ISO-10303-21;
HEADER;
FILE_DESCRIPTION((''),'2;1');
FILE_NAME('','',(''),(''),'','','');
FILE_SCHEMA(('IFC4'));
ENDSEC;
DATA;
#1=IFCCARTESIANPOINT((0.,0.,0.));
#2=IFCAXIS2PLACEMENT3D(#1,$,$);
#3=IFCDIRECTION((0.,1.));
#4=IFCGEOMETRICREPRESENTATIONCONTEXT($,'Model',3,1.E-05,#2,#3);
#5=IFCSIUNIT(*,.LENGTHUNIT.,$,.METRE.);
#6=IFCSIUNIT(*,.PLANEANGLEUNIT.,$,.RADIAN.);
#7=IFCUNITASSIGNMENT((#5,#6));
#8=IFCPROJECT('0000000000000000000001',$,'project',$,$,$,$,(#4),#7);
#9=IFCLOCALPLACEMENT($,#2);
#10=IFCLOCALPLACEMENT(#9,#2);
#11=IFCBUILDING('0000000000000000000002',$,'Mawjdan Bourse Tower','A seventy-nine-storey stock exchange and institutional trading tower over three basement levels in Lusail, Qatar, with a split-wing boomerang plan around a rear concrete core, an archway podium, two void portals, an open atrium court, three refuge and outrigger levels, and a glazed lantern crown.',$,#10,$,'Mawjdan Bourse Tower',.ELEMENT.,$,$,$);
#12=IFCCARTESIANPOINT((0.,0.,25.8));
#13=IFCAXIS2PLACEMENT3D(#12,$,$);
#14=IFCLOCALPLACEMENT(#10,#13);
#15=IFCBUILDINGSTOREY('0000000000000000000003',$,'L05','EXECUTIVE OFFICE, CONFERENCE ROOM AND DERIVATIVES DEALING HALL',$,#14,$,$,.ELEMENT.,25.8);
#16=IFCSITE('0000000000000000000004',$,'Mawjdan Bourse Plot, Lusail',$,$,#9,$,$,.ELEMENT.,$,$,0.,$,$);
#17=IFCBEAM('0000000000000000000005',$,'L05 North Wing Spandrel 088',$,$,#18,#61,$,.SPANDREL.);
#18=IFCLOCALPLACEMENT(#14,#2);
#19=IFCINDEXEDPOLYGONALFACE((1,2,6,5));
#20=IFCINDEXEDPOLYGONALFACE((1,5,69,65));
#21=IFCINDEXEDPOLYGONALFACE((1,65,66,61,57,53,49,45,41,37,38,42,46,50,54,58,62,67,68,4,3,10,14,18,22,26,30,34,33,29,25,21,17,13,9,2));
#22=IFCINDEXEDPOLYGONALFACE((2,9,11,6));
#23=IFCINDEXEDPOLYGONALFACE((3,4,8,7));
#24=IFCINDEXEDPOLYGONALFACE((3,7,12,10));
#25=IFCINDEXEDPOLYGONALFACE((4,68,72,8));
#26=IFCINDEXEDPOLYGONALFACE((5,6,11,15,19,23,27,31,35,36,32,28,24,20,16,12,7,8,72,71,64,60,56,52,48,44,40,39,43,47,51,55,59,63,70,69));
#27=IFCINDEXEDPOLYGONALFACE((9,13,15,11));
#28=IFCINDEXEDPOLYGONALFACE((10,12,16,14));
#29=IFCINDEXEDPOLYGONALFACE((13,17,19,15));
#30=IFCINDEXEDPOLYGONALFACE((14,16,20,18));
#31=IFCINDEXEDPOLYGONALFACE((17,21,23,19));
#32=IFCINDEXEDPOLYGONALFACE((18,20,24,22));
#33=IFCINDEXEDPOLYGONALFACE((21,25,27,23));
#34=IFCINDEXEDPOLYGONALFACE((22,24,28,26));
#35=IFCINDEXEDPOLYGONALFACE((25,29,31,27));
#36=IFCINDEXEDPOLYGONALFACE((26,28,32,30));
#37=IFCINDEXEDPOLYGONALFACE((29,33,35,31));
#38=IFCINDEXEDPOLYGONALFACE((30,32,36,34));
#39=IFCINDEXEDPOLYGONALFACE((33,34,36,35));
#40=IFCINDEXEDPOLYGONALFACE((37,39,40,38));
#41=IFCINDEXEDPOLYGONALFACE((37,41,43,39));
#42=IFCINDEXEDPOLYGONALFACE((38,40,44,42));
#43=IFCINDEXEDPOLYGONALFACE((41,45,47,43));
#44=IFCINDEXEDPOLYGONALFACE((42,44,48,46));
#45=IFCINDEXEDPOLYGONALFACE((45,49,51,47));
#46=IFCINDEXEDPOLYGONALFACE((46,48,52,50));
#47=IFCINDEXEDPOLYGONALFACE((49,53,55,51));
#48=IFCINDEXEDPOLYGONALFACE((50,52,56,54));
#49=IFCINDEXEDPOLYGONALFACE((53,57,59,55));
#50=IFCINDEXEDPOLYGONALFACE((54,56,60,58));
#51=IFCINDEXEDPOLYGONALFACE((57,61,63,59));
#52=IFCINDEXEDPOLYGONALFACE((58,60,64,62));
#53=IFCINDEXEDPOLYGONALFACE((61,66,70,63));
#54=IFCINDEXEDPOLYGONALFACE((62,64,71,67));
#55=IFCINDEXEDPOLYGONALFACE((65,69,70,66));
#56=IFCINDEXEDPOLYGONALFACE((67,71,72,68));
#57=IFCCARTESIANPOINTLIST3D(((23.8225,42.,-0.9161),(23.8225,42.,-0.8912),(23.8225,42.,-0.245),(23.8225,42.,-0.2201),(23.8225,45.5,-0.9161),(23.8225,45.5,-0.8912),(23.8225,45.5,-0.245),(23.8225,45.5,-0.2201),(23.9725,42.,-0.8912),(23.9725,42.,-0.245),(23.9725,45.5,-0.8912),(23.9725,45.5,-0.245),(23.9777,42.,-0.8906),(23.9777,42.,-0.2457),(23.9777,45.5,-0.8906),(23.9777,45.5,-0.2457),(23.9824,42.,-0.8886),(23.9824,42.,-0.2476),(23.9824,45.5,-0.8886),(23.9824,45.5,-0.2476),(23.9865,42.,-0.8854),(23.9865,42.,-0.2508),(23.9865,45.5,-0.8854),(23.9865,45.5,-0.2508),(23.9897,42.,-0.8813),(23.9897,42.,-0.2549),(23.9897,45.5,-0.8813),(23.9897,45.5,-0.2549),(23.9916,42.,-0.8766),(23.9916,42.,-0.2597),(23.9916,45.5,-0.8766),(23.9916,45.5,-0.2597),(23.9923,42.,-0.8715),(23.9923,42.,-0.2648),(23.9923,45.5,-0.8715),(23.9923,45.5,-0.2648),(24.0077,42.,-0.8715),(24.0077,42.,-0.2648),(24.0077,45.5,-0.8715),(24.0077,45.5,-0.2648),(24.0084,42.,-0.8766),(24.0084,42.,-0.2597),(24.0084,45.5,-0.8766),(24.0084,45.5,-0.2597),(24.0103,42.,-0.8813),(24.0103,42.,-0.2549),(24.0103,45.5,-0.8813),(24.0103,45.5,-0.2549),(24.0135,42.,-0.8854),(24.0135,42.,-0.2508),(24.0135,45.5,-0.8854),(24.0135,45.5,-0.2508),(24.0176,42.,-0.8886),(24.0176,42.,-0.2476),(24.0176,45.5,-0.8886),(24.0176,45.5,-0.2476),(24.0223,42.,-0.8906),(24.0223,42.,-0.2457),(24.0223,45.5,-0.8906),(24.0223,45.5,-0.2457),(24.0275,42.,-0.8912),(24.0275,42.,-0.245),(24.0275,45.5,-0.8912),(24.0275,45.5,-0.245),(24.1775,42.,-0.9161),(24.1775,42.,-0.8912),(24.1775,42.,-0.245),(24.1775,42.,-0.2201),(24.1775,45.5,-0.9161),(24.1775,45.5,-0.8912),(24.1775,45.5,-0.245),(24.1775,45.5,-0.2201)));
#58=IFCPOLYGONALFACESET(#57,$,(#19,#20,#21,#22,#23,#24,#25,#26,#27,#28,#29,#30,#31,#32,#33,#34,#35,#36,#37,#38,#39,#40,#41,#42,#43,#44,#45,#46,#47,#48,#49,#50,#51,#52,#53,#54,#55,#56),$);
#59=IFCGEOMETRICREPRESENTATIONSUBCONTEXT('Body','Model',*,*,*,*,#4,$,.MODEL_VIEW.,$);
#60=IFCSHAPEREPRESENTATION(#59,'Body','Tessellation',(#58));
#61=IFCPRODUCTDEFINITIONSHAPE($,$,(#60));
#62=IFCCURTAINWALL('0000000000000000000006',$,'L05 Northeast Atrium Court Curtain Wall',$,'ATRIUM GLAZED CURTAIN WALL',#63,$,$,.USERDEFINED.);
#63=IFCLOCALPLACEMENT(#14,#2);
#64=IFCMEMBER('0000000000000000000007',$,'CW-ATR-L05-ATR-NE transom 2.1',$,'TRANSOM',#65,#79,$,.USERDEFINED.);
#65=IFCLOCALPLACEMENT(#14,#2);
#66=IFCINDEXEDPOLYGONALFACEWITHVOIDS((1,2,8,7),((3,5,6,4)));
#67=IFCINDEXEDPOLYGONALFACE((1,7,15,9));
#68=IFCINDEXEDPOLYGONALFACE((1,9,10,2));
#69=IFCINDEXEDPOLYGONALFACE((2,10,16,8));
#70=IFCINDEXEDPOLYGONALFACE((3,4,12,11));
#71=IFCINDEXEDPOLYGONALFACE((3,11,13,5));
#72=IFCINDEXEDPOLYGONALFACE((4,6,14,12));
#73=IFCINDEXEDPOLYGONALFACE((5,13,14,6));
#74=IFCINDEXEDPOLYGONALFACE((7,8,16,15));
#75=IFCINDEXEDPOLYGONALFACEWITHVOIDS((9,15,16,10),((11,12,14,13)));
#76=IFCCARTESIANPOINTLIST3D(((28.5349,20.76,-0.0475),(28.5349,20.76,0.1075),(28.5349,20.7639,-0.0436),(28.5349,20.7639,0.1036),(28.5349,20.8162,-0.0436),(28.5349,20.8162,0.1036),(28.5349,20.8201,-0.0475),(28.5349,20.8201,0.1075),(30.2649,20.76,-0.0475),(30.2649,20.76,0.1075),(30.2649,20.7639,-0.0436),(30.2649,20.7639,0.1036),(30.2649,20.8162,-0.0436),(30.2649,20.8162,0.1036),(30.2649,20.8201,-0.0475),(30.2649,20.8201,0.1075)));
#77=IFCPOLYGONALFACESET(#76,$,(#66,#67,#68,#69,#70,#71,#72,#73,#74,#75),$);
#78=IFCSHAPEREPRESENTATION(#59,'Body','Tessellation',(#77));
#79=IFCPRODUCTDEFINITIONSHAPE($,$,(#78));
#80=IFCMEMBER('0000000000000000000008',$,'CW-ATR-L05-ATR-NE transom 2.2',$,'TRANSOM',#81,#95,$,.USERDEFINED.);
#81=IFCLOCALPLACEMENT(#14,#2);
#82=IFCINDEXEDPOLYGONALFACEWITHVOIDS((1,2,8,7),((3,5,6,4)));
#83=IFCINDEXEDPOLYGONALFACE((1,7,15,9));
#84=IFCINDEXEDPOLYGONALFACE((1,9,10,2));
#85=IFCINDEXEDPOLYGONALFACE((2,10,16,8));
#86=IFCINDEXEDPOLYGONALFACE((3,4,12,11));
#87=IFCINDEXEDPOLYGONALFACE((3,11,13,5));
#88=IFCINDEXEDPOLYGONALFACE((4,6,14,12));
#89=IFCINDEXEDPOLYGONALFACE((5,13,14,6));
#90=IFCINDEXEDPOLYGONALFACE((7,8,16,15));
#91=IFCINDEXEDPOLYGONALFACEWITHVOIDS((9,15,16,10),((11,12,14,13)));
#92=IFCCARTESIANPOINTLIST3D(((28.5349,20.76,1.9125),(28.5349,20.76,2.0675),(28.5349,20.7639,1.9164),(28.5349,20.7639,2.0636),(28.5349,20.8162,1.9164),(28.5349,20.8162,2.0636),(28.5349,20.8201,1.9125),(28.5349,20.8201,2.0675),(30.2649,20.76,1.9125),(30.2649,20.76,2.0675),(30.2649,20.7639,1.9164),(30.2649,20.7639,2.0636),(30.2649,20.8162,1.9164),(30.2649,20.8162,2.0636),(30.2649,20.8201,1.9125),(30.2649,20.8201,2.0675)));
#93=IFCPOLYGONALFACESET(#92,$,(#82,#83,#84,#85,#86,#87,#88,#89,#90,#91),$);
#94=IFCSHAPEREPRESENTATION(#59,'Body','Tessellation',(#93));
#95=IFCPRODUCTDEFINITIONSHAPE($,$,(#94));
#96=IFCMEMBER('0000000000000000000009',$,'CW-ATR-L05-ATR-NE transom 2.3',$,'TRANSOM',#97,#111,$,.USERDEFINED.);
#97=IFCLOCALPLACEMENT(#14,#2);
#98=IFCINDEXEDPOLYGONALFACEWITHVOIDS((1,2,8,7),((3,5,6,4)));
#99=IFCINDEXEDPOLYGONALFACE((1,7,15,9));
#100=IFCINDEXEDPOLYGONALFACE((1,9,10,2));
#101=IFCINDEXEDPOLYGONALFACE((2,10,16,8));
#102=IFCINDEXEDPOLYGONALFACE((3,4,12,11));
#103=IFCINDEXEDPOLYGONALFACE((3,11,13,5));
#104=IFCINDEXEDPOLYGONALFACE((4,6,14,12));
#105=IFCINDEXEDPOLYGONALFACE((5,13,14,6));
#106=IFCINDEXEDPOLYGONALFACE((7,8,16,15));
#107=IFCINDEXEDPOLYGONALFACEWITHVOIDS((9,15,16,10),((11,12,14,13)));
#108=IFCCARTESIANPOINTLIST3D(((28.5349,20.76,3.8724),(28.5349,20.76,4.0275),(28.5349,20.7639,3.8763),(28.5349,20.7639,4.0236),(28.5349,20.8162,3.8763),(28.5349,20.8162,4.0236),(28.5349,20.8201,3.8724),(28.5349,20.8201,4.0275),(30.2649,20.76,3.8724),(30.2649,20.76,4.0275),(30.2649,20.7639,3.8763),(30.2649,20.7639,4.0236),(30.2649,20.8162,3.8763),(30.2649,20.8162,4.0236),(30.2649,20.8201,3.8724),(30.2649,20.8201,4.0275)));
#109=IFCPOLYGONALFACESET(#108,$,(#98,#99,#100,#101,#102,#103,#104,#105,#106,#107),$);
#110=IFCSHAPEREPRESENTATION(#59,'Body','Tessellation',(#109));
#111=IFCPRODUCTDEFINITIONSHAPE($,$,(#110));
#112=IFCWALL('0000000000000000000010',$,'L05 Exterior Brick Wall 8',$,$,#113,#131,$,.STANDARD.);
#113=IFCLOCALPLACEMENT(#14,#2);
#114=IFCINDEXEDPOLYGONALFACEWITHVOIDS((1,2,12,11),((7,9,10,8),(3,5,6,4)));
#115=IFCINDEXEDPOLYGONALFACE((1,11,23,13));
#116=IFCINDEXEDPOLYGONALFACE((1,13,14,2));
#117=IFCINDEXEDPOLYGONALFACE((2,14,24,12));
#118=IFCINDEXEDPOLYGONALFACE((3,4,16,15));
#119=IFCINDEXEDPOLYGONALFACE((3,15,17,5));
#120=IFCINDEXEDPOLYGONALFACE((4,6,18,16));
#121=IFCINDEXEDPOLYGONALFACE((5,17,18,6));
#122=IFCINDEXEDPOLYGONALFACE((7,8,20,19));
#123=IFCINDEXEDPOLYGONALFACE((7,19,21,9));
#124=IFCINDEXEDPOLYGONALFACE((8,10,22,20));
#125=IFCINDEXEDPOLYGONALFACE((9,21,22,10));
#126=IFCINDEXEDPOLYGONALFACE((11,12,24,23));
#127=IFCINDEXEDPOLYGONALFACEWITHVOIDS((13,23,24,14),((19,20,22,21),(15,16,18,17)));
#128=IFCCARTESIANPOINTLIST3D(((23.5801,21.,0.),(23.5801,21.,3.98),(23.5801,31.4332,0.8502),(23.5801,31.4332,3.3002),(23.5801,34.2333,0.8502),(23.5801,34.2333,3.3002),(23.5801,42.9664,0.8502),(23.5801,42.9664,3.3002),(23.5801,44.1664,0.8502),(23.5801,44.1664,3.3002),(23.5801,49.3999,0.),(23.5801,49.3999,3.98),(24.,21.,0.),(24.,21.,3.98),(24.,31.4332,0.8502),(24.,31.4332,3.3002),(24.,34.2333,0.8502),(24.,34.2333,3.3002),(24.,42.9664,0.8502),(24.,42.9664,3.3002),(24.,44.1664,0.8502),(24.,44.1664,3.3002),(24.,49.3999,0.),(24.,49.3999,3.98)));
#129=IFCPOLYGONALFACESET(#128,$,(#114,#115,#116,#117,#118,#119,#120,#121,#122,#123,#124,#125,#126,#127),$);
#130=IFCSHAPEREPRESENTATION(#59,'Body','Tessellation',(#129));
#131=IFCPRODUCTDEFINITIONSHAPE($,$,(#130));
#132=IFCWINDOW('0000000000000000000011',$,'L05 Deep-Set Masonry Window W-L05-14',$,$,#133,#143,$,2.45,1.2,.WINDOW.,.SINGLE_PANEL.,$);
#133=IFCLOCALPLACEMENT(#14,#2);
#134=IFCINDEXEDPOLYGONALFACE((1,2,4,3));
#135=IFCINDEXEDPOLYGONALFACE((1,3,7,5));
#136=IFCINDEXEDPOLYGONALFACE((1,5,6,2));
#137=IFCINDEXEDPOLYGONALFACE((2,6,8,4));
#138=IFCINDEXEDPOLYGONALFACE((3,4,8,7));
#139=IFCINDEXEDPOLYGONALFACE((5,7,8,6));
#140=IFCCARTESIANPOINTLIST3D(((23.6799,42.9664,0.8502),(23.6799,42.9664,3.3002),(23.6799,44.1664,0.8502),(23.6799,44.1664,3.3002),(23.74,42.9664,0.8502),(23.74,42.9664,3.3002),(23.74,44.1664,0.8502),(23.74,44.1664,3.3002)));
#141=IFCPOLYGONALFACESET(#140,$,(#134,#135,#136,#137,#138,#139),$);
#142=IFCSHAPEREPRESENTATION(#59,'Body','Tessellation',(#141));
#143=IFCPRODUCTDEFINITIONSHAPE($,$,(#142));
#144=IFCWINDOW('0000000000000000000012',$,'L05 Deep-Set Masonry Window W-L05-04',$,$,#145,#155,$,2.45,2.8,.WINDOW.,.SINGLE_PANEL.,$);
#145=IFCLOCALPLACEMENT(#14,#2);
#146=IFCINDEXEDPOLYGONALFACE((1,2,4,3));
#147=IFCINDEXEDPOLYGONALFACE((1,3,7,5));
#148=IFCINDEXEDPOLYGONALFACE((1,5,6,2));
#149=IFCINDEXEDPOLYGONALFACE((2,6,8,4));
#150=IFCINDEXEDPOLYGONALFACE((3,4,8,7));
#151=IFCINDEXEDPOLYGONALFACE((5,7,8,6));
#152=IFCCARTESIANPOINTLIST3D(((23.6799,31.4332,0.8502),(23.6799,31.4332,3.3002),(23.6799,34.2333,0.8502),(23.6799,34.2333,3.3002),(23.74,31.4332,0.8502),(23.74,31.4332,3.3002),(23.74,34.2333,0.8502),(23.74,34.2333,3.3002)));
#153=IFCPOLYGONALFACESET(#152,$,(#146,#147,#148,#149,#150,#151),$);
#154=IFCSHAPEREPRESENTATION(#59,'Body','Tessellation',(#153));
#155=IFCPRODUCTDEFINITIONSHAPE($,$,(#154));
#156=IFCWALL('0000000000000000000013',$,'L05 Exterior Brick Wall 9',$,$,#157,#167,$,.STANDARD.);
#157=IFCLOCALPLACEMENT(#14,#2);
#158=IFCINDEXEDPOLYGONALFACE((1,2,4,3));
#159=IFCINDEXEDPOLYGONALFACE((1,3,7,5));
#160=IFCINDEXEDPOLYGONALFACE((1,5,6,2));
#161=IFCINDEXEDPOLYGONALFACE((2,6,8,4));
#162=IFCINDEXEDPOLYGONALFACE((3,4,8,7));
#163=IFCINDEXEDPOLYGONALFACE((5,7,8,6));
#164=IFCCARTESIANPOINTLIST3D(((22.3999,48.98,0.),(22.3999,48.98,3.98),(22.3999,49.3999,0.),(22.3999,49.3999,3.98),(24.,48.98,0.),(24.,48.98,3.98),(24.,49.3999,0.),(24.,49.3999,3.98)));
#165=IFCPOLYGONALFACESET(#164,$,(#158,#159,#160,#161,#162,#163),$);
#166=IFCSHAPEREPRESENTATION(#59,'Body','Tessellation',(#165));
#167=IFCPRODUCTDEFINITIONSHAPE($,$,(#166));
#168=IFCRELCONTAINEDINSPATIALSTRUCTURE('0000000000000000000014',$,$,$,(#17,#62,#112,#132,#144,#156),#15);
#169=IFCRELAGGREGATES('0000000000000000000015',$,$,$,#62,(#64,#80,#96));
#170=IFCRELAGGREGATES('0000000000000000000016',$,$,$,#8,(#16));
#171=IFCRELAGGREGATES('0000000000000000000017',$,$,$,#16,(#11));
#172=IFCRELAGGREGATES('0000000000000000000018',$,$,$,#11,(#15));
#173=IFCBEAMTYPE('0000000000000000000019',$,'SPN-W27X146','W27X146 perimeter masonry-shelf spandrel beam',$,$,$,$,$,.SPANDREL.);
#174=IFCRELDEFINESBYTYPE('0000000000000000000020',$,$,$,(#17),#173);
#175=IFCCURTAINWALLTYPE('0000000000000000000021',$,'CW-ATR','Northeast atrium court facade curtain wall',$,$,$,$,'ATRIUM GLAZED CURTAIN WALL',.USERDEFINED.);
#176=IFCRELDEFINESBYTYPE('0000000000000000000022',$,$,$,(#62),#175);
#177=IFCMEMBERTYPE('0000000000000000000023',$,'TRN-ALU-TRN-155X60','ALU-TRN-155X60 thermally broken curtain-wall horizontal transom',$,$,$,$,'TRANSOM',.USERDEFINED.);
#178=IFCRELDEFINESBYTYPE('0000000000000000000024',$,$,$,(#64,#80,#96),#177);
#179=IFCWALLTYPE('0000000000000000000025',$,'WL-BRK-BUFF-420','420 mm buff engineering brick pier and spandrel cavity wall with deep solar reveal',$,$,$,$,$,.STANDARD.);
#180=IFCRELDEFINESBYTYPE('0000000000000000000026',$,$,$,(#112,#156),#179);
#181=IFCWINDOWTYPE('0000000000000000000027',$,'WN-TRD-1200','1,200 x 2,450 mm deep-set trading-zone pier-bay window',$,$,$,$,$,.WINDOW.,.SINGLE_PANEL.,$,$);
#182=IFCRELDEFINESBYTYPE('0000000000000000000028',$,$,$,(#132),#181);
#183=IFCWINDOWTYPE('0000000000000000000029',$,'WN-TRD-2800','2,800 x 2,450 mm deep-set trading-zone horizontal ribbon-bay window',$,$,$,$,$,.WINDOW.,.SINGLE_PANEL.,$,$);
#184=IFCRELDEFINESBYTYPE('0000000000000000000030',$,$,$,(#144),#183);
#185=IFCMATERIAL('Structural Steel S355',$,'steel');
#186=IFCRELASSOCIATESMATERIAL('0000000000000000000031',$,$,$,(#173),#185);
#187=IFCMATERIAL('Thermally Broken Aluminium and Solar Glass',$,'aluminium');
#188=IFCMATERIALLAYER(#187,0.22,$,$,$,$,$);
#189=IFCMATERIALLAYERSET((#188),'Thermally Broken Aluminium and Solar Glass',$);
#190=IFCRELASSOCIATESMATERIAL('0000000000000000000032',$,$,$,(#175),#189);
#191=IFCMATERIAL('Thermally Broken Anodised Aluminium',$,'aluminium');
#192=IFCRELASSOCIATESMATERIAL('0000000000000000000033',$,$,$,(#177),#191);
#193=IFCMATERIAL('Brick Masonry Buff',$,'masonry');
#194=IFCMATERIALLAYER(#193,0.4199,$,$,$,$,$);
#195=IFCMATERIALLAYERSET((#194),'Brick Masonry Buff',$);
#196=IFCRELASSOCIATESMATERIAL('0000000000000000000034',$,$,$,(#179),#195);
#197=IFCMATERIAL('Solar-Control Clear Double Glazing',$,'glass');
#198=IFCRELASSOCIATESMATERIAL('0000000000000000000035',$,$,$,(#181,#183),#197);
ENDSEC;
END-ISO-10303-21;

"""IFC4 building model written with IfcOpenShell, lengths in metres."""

from ifc_helpers import new_model, si_unit, direction, frame, frame_2d, origin, origin_2d, place, context, subcontext, project, spatial, rectangle, hollow_rectangle, i_section, extrude, material, layer, layer_set, material_profile, profile_set, type_object, element, fill, aggregate, save


model = new_model("IFC4")

# Units and contexts
model_context = context("Model", 3, precision=1e-05, world=origin(), true_north=direction((0.0, 1.0)))
body_context = subcontext(model_context, "Body", "Model", "MODEL_VIEW")
ifc_project = project(units=[si_unit("LENGTHUNIT", "METRE"), si_unit("PLANEANGLEUNIT", "RADIAN")], contexts=[model_context])

# Site, building, storey
site_placement = place(None, origin())
site = spatial("IfcSite", under=ifc_project, at=site_placement, Name="Mawjdan Bourse Plot, Lusail", CompositionType="ELEMENT", RefElevation=0.0)
building_placement = place(site_placement, origin())
building = spatial("IfcBuilding", under=site, at=building_placement, Name="Mawjdan Bourse Tower", Description="A seventy-nine-storey stock exchange and institutional trading tower over three basement levels in Lusail, Qatar, with a split-wing boomerang plan around a rear concrete core, an archway podium, two void portals, an open atrium court, three refuge and outrigger levels, and a glazed lantern crown.", LongName="Mawjdan Bourse Tower", CompositionType="ELEMENT")
storey_placement = place(building_placement, frame((0.0, 0.0, 25.8)))
storey = spatial("IfcBuildingStorey", under=building, at=storey_placement, Name="L05", Description="EXECUTIVE OFFICE, CONFERENCE ROOM AND DERIVATIVES DEALING HALL", CompositionType="ELEMENT", Elevation=25.8)

# Beam
ifc_material_1 = material(Name="Structural Steel S355", Category="steel")
ifc_material_profile_1 = material_profile(ifc_material_1, i_section(OverallWidth=0.355, OverallDepth=0.696, WebThickness=0.0154, FlangeThickness=0.0249, FilletRadius=0.0198, at=origin_2d()), Name="W27X146")
ifc_profile_set_1 = profile_set([ifc_material_profile_1], Name="Structural Steel S355")
beam_type = type_object("IfcBeamType", Name="SPN-W27X146", Description="W27X146 perimeter masonry-shelf spandrel beam", PredefinedType="SPANDREL", material=ifc_profile_set_1)
beam_1_placement = place(storey_placement, frame((24.0, 42.0, -0.5681), z_axis=(0.0, 1.0, 0.0), x_axis=(-1.0, 0.0, 0.0)))
element("IfcBeam", 1, at=beam_1_placement, inside=storey, type_object=beam_type, Name="L05 North Wing Spandrel 088", PredefinedType="SPANDREL", context=body_context, shape_type="SweptSolid", body=[
    extrude(i_section(OverallWidth=0.355, OverallDepth=0.696, WebThickness=0.0154, FlangeThickness=0.0249, FilletRadius=0.0198, at=origin_2d()), origin(), (0.0, 0.0, 1.0), 3.5),
])

# Curtain wall, members
ifc_material_2 = material(Name="Thermally Broken Aluminium and Solar Glass", Category="aluminium")
ifc_layer_1 = layer(ifc_material_2, 0.22)
ifc_layer_set_1 = layer_set([ifc_layer_1], Name="Thermally Broken Aluminium and Solar Glass")
curtain_wall_type = type_object("IfcCurtainWallType", Name="CW-ATR", Description="Northeast atrium court facade curtain wall", ElementType="ATRIUM GLAZED CURTAIN WALL", PredefinedType="USERDEFINED", material=ifc_layer_set_1)
curtain_wall_placement = place(storey_placement, origin())
curtain_wall = element("IfcCurtainWall", 2, at=curtain_wall_placement, inside=storey, type_object=curtain_wall_type, Name="L05 Northeast Atrium Court Curtain Wall", ObjectType="ATRIUM GLAZED CURTAIN WALL", PredefinedType="USERDEFINED")
ifc_material_3 = material(Name="Thermally Broken Anodised Aluminium", Category="aluminium")
ifc_material_profile_2 = material_profile(ifc_material_3, hollow_rectangle(XDim=0.0601, YDim=0.155, WallThickness=0.0039, at=origin_2d()), Name="ALU-TRN-155X60")
ifc_profile_set_2 = profile_set([ifc_material_profile_2], Name="Thermally Broken Anodised Aluminium")
member_type = type_object("IfcMemberType", Name="TRN-ALU-TRN-155X60", Description="ALU-TRN-155X60 thermally broken curtain-wall horizontal transom", ElementType="TRANSOM", PredefinedType="USERDEFINED", material=ifc_profile_set_2)
member_1_placement = place(storey_placement, frame((30.2649, 20.79, 0.03), z_axis=(-1.0, 0.0, 0.0), x_axis=(0.0, -1.0, 0.0)))
member_1 = element("IfcMember", 3, at=member_1_placement, type_object=member_type, Name="CW-ATR-L05-ATR-NE transom 2.1", ObjectType="TRANSOM", PredefinedType="USERDEFINED", context=body_context, shape_type="SweptSolid", body=[
    extrude(hollow_rectangle(XDim=0.0601, YDim=0.155, WallThickness=0.0039, at=origin_2d()), origin(), (0.0, 0.0, 1.0), 1.73),
])
member_2_placement = place(storey_placement, frame((30.2649, 20.79, 1.99), z_axis=(-1.0, 0.0, 0.0), x_axis=(0.0, -1.0, 0.0)))
member_2 = element("IfcMember", 4, at=member_2_placement, type_object=member_type, Name="CW-ATR-L05-ATR-NE transom 2.2", ObjectType="TRANSOM", PredefinedType="USERDEFINED", context=body_context, shape_type="SweptSolid", body=[
    extrude(hollow_rectangle(XDim=0.0601, YDim=0.155, WallThickness=0.0039, at=origin_2d()), origin(), (0.0, 0.0, 1.0), 1.73),
])
member_3_placement = place(storey_placement, frame((30.2649, 20.79, 3.95), z_axis=(-1.0, 0.0, 0.0), x_axis=(0.0, -1.0, 0.0)))
member_3 = element("IfcMember", 5, at=member_3_placement, type_object=member_type, Name="CW-ATR-L05-ATR-NE transom 2.3", ObjectType="TRANSOM", PredefinedType="USERDEFINED", context=body_context, shape_type="SweptSolid", body=[
    extrude(hollow_rectangle(XDim=0.0601, YDim=0.155, WallThickness=0.0039, at=origin_2d()), origin(), (0.0, 0.0, 1.0), 1.73),
])
aggregate(curtain_wall, [member_1, member_2, member_3])

# Wall, openings, windows
ifc_material_4 = material(Name="Brick Masonry Buff", Category="masonry")
ifc_layer_2 = layer(ifc_material_4, 0.4199)
ifc_layer_set_2 = layer_set([ifc_layer_2], Name="Brick Masonry Buff")
wall_type = type_object("IfcWallType", Name="WL-BRK-BUFF-420", Description="420 mm buff engineering brick pier and spandrel cavity wall with deep solar reveal", PredefinedType="STANDARD", material=ifc_layer_set_2)
wall_1_placement = place(storey_placement, frame((23.79, 21.0, 0.0), z_axis=(0.0, 0.0, 1.0), x_axis=(0.0, 1.0, 0.0)))
wall_1 = element("IfcWall", 6, at=wall_1_placement, inside=storey, type_object=wall_type, Name="L05 Exterior Brick Wall 8", PredefinedType="STANDARD", context=body_context, shape_type="SweptSolid", body=[
    extrude(rectangle(XDim=28.3999, YDim=0.4199, at=frame_2d((14.2, 0.0))), origin(), (0.0, 0.0, 1.0), 3.98),
])
opening_1_placement = place(wall_1_placement, frame((10.4333, 0.0, 0.8501)))
opening_1 = element("IfcOpeningElement", 7, at=opening_1_placement, cuts=wall_1, PredefinedType="OPENING", context=body_context, shape_type="SweptSolid", body=[
    extrude(rectangle(XDim=2.8, YDim=2.45, at=frame_2d((1.3999, 1.2251))), frame((0.0, 0.22, 0.0), z_axis=(0.0, -1.0, 0.0), x_axis=(1.0, 0.0, 0.0)), (0.0, 0.0, 1.0), 0.4399),
])
opening_2_placement = place(wall_1_placement, frame((21.9663, 0.0, 0.8501)))
opening_2 = element("IfcOpeningElement", 8, at=opening_2_placement, cuts=wall_1, PredefinedType="OPENING", context=body_context, shape_type="SweptSolid", body=[
    extrude(rectangle(XDim=1.2, YDim=2.45, at=frame_2d((0.6001, 1.2251))), frame((0.0, 0.22, 0.0), z_axis=(0.0, -1.0, 0.0), x_axis=(1.0, 0.0, 0.0)), (0.0, 0.0, 1.0), 0.4399),
])
ifc_material_5 = material(Name="Solar-Control Clear Double Glazing", Category="glass")
window_type_1 = type_object("IfcWindowType", Name="WN-TRD-1200", Description="1,200 x 2,450 mm deep-set trading-zone pier-bay window", PartitioningType="SINGLE_PANEL", PredefinedType="WINDOW", material=ifc_material_5)
window_1_placement = place(opening_2_placement, origin())
window_1 = element("IfcWindow", 9, at=window_1_placement, inside=storey, type_object=window_type_1, Name="L05 Deep-Set Masonry Window W-L05-14", OverallHeight=2.45, OverallWidth=1.2, PartitioningType="SINGLE_PANEL", PredefinedType="WINDOW", context=body_context, shape_type="SweptSolid", body=[
    extrude(rectangle(XDim=1.2, YDim=2.45, at=frame_2d((0.6001, 1.2251))), frame((0.0, 0.1101, 0.0), z_axis=(0.0, -1.0, 0.0), x_axis=(1.0, 0.0, 0.0)), (0.0, 0.0, 1.0), 0.0601),
])
fill(opening_2, window_1)
window_type_2 = type_object("IfcWindowType", Name="WN-TRD-2800", Description="2,800 x 2,450 mm deep-set trading-zone horizontal ribbon-bay window", PartitioningType="SINGLE_PANEL", PredefinedType="WINDOW", material=ifc_material_5)
window_2_placement = place(opening_1_placement, origin())
window_2 = element("IfcWindow", 10, at=window_2_placement, inside=storey, type_object=window_type_2, Name="L05 Deep-Set Masonry Window W-L05-04", OverallHeight=2.45, OverallWidth=2.8, PartitioningType="SINGLE_PANEL", PredefinedType="WINDOW", context=body_context, shape_type="SweptSolid", body=[
    extrude(rectangle(XDim=2.8, YDim=2.45, at=frame_2d((1.3999, 1.2251))), frame((0.0, 0.1101, 0.0), z_axis=(0.0, -1.0, 0.0), x_axis=(1.0, 0.0, 0.0)), (0.0, 0.0, 1.0), 0.0601),
])
fill(opening_1, window_2)

# Wall
wall_2_placement = place(storey_placement, frame((24.0, 49.1899, 0.0), z_axis=(0.0, 0.0, 1.0), x_axis=(-1.0, 0.0, 0.0)))
element("IfcWall", 11, at=wall_2_placement, inside=storey, type_object=wall_type, Name="L05 Exterior Brick Wall 9", PredefinedType="STANDARD", context=body_context, shape_type="SweptSolid", body=[
    extrude(rectangle(XDim=1.6001, YDim=0.4199, at=frame_2d((0.8, 0.0))), origin(), (0.0, 0.0, 1.0), 3.98),
])

save(model, "model.ifc")
